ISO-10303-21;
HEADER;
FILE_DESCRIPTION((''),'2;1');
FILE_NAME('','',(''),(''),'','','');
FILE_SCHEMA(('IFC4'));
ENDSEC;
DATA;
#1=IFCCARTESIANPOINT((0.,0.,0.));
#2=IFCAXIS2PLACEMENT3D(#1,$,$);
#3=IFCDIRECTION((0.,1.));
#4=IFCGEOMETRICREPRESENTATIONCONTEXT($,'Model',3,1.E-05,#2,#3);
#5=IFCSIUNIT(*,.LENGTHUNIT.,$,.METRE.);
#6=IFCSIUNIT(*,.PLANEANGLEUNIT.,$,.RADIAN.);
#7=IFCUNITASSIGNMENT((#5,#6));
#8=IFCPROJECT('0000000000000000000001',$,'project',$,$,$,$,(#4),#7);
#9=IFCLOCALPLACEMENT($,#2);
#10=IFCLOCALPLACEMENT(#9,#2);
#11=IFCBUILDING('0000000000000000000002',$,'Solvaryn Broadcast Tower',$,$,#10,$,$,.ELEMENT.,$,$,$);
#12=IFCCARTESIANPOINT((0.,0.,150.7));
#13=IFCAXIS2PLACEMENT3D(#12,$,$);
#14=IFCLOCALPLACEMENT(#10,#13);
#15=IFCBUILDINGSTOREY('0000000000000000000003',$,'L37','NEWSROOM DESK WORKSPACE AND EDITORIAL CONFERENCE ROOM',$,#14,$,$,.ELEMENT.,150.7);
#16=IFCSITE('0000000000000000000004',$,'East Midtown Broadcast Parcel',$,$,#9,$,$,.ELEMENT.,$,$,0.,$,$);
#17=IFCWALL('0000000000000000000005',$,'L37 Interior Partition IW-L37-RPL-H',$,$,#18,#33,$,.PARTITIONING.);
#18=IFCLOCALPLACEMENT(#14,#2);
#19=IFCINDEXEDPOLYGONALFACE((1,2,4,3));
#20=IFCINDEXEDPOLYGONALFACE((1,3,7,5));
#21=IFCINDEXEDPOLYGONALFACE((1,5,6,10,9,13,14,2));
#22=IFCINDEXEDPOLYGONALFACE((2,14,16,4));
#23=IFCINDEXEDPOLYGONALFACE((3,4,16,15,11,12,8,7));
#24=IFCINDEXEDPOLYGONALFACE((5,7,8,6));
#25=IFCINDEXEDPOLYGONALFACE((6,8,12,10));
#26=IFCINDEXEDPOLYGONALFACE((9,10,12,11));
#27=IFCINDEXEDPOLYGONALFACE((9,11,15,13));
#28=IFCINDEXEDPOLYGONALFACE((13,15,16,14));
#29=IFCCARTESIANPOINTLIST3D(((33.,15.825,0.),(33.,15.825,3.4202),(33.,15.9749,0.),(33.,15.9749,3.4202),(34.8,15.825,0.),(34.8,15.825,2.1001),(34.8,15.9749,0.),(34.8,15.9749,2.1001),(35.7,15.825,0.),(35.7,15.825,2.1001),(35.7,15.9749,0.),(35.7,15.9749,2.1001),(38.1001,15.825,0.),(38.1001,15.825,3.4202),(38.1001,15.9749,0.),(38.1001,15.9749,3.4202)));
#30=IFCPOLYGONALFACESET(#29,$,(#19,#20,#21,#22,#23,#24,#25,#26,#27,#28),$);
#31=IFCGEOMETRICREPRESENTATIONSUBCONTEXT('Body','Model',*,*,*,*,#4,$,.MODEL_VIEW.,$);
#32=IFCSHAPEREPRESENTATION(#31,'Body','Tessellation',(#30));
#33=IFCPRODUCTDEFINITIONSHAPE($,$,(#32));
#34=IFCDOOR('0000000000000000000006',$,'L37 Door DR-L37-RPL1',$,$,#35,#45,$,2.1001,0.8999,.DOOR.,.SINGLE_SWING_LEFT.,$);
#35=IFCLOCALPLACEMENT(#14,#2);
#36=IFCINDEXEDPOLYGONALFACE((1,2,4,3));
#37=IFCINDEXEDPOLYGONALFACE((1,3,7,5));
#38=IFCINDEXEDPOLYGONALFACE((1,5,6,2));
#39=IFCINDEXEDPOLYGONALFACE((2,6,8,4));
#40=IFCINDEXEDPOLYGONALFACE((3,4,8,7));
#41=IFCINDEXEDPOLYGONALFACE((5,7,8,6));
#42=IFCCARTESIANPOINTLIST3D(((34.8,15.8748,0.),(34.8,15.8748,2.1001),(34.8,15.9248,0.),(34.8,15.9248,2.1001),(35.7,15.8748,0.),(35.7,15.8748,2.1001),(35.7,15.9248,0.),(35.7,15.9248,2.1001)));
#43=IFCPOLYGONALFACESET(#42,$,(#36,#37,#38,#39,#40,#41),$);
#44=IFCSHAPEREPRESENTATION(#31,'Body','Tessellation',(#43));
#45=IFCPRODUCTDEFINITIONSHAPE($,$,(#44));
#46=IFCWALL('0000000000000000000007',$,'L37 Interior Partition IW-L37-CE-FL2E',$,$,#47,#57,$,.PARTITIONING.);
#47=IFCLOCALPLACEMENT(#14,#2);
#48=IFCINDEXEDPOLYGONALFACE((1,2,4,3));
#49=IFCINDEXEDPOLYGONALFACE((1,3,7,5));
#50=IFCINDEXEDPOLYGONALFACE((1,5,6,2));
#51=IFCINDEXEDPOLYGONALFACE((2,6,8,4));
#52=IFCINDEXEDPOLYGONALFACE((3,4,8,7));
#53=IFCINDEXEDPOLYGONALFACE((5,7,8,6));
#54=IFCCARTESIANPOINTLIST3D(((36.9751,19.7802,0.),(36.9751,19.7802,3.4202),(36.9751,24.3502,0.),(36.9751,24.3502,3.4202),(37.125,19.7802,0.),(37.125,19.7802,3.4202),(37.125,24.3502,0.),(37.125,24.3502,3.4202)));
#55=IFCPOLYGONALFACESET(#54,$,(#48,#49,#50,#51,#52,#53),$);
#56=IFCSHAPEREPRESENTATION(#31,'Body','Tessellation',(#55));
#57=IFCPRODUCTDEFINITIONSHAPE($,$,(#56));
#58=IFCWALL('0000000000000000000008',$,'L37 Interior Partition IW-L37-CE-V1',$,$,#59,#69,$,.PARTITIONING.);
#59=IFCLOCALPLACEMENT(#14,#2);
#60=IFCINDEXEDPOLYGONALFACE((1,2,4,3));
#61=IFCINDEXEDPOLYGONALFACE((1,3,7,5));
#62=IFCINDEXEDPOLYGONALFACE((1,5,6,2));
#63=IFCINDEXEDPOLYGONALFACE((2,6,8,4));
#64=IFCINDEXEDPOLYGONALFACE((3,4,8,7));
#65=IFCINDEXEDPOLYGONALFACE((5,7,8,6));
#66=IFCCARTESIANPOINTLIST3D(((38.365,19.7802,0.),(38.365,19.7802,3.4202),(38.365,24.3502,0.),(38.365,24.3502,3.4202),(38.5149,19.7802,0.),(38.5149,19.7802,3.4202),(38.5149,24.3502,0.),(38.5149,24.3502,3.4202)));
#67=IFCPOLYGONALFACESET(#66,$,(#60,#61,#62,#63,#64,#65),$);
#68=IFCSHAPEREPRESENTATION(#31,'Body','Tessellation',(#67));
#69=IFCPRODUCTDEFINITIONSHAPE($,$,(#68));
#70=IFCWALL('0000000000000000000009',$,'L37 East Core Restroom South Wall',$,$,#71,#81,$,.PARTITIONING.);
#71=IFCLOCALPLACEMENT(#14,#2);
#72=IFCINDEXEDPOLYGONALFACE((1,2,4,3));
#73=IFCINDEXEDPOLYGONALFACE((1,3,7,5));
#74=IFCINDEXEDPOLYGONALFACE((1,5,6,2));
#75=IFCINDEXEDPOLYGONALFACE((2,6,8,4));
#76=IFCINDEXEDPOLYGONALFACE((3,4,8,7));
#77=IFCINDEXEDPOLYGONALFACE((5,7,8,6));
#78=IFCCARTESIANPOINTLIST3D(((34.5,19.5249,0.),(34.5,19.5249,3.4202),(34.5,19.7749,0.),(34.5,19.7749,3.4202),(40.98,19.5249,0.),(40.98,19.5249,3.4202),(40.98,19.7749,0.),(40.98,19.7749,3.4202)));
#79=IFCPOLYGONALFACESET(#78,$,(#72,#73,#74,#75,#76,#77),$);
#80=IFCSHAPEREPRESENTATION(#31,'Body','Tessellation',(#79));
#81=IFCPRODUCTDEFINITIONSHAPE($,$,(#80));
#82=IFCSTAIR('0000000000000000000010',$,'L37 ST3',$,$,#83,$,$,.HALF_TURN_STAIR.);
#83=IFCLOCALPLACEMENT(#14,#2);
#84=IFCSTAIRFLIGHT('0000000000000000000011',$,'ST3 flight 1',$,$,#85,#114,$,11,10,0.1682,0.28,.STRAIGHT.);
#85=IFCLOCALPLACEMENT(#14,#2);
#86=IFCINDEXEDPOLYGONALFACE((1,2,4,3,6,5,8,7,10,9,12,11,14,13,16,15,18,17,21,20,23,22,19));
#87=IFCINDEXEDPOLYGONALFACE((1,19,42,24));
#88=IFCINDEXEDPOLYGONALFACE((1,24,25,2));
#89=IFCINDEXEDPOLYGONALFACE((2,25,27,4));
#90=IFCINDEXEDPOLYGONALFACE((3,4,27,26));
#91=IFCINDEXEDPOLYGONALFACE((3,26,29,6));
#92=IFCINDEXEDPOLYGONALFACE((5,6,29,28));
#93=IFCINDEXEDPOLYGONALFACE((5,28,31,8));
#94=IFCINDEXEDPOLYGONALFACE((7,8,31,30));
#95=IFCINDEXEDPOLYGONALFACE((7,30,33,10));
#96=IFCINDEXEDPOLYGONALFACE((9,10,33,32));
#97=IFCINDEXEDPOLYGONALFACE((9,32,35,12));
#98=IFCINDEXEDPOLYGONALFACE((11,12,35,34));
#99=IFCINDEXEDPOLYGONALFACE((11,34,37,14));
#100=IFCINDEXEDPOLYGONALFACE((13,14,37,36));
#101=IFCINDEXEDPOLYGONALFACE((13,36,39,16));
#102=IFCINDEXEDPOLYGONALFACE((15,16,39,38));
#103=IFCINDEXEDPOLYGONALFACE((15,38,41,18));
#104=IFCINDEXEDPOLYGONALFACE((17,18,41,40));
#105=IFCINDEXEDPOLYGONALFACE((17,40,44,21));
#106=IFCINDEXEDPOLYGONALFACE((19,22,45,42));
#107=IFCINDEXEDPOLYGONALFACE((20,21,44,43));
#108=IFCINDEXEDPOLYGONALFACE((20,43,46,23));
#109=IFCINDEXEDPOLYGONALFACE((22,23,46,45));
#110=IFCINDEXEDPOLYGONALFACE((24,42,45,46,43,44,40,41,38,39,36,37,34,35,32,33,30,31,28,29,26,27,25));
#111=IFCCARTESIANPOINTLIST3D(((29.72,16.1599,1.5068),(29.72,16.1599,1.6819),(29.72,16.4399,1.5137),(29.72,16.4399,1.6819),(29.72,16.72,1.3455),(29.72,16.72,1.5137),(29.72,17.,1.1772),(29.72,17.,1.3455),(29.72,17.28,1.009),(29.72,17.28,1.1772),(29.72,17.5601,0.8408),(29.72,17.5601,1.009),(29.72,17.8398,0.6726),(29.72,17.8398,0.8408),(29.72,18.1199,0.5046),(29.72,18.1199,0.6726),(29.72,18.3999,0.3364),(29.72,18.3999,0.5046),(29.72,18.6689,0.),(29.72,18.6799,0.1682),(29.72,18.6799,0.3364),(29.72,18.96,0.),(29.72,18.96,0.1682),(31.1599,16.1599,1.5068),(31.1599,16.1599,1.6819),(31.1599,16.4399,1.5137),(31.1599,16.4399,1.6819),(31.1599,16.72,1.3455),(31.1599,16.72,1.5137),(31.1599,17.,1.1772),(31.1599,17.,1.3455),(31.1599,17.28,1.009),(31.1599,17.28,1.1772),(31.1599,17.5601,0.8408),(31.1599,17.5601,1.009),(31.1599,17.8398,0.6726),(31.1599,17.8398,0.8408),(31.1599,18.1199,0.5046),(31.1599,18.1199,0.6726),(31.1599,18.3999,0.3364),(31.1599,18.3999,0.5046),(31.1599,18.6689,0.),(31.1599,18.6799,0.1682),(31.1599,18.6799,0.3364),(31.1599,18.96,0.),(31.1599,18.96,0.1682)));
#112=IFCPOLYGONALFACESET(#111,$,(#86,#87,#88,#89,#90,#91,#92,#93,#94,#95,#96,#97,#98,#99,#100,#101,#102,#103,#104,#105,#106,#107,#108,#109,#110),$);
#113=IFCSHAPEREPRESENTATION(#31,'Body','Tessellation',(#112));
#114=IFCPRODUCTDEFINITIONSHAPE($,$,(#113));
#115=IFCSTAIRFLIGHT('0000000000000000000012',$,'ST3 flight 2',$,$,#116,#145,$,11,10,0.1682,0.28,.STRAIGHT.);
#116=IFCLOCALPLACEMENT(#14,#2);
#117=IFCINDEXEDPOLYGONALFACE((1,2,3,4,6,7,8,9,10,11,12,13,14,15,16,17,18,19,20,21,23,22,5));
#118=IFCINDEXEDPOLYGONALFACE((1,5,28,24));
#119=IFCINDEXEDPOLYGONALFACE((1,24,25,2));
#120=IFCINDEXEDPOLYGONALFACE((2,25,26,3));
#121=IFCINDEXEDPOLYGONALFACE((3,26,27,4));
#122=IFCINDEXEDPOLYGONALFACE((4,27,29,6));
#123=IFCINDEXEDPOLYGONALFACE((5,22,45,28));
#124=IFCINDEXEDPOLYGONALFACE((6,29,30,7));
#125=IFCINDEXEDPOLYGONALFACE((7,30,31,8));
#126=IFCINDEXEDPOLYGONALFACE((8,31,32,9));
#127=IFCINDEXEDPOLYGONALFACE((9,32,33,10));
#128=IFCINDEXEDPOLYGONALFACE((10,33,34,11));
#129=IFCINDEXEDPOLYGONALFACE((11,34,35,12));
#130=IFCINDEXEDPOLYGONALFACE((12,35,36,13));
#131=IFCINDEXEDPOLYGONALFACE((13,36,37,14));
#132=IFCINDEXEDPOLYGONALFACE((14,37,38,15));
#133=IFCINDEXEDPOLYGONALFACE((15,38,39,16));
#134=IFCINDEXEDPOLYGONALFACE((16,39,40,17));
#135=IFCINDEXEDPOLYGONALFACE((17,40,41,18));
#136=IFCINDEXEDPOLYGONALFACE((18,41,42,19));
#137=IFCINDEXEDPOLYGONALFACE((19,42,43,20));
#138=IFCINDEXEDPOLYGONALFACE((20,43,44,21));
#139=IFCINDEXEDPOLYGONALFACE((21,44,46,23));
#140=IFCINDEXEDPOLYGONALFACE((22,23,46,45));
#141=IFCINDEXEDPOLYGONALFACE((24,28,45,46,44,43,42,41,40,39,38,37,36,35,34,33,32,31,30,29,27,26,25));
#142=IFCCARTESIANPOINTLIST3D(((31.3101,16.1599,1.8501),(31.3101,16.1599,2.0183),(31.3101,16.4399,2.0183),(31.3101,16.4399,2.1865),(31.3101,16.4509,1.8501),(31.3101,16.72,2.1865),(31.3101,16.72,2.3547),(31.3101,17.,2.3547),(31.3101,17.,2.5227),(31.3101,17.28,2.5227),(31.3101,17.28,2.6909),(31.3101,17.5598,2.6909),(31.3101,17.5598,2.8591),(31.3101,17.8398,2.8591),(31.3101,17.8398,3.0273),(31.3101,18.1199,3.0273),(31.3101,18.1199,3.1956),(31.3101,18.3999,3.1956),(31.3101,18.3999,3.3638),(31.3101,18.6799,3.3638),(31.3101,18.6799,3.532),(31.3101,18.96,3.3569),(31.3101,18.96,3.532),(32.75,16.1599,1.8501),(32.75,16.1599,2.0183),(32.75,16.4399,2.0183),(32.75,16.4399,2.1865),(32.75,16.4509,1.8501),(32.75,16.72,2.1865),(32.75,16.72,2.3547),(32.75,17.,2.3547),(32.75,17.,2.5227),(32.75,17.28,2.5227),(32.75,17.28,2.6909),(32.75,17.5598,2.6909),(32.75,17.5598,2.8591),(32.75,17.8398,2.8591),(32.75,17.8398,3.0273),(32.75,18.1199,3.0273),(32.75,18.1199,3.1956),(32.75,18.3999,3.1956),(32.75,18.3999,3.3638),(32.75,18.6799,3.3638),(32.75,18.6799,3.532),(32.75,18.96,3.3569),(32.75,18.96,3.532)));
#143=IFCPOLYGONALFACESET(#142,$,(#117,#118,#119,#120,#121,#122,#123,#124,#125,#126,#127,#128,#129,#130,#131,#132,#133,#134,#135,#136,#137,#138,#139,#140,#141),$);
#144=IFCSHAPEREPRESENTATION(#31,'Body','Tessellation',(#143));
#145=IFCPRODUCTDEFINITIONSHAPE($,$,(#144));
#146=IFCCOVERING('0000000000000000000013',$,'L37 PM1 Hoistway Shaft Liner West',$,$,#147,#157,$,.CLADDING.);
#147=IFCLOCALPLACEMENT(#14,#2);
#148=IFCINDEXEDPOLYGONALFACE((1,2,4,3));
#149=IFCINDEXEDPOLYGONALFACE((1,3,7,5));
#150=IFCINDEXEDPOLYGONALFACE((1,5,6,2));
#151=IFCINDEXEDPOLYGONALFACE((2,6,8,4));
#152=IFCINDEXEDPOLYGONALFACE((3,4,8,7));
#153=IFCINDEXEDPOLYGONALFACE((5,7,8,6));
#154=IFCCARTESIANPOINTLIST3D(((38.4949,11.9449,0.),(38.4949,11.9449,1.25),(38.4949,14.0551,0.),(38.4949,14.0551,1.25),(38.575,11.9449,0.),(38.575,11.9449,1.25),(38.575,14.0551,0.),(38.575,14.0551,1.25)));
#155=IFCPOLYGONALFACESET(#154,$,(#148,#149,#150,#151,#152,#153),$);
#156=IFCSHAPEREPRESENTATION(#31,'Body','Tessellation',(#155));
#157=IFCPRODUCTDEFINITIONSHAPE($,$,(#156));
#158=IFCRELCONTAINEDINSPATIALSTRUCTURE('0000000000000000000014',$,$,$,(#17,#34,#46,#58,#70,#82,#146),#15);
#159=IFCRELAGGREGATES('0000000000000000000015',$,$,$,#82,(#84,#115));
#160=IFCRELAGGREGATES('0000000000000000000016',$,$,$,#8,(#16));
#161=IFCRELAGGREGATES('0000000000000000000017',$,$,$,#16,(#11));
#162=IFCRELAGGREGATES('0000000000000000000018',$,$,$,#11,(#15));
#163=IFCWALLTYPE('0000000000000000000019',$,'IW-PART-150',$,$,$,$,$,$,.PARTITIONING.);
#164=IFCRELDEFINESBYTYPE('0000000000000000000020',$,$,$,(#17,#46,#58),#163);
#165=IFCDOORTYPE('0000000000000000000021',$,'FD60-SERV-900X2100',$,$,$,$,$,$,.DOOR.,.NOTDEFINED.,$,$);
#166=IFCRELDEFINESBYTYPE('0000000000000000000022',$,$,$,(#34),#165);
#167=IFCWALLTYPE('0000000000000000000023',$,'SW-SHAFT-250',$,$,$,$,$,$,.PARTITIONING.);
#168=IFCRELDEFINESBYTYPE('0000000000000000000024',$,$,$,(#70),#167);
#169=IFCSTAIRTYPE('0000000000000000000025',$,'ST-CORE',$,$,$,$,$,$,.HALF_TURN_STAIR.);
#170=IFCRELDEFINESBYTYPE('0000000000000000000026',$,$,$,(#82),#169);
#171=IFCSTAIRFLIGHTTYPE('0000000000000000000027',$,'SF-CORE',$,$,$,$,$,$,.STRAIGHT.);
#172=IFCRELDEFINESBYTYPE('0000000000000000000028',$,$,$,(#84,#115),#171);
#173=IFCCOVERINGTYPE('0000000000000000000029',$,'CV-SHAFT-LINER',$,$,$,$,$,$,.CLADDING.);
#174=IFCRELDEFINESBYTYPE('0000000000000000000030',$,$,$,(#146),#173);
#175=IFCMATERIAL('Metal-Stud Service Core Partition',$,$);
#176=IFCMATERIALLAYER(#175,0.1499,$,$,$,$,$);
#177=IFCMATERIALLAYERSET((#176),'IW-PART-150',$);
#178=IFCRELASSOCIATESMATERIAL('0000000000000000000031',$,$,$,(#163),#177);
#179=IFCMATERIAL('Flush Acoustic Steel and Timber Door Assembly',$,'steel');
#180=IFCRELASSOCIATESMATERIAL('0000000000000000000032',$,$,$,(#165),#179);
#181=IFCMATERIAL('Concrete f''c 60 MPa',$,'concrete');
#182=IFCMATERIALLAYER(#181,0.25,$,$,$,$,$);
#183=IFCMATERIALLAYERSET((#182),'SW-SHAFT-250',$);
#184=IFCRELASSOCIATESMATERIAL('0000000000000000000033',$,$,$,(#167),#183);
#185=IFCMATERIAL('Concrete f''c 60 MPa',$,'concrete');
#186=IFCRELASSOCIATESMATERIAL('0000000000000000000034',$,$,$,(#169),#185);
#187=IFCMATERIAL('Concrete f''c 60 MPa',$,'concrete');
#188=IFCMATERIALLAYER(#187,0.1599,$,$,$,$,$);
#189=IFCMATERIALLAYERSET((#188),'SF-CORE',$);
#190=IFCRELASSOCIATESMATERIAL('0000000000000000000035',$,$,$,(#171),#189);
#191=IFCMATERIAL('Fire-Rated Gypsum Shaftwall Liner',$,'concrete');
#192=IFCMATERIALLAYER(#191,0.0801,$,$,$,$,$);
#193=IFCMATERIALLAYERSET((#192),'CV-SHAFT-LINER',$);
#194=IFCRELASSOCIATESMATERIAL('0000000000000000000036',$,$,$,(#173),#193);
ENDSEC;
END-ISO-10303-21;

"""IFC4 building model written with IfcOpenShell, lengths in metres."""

from ifc_helpers import new_model, si_unit, direction, frame, frame_2d, origin, origin_2d, place, context, subcontext, project, spatial, polyline, rectangle, outline, extrude, material, layer, layer_set, type_object, element, fill, aggregate, save


model = new_model("IFC4")

# Units and contexts
model_context = context("Model", 3, precision=1e-05, world=origin(), true_north=direction((0.0, 1.0)))
body_context = subcontext(model_context, "Body", "Model", "MODEL_VIEW")
ifc_project = project(units=[si_unit("LENGTHUNIT", "METRE"), si_unit("PLANEANGLEUNIT", "RADIAN")], contexts=[model_context])

# Site, building, storey
site_placement = place(None, origin())
site = spatial("IfcSite", under=ifc_project, at=site_placement, Name="East Midtown Broadcast Parcel", CompositionType="ELEMENT", RefElevation=0.0)
building_placement = place(site_placement, origin())
building = spatial("IfcBuilding", under=site, at=building_placement, Name="Solvaryn Broadcast Tower", CompositionType="ELEMENT")
storey_placement = place(building_placement, frame((0.0, 0.0, 150.7)))
storey = spatial("IfcBuildingStorey", under=building, at=storey_placement, Name="L37", Description="NEWSROOM DESK WORKSPACE AND EDITORIAL CONFERENCE ROOM", CompositionType="ELEMENT", Elevation=150.7)

# Wall, opening, door
ifc_material_1 = material(Name="Metal-Stud Service Core Partition")
ifc_layer_1 = layer(ifc_material_1, 0.1499)
ifc_layer_set_1 = layer_set([ifc_layer_1], Name="IW-PART-150")
wall_type_1 = type_object("IfcWallType", Name="IW-PART-150", PredefinedType="PARTITIONING", material=ifc_layer_set_1)
wall_1_placement = place(storey_placement, frame((33.0, 15.8999, 0.0), z_axis=(0.0, 0.0, 1.0), x_axis=(1.0, 0.0, 0.0)))
wall_1 = element("IfcWall", 1, at=wall_1_placement, inside=storey, type_object=wall_type_1, Name="L37 Interior Partition IW-L37-RPL-H", PredefinedType="PARTITIONING", context=body_context, shape_type="SweptSolid", body=[
    extrude(rectangle(XDim=5.1001, YDim=0.1499, at=frame_2d((2.55, 0.0))), origin(), (0.0, 0.0, 1.0), 3.4202),
])
opening_1_placement = place(wall_1_placement, frame((1.8, 0.0, 0.0)))
opening_1 = element("IfcOpeningElement", 2, at=opening_1_placement, cuts=wall_1, PredefinedType="OPENING", context=body_context, shape_type="SweptSolid", body=[
    extrude(rectangle(XDim=0.8999, YDim=2.1001, at=frame_2d((0.45, 1.05))), frame((0.0, 0.085, 0.0), z_axis=(0.0, -1.0, 0.0), x_axis=(1.0, 0.0, 0.0)), (0.0, 0.0, 1.0), 0.1699),
])
ifc_material_2 = material(Name="Flush Acoustic Steel and Timber Door Assembly", Category="steel")
door_type_1 = type_object("IfcDoorType", Name="FD60-SERV-900X2100", OperationType="NOTDEFINED", PredefinedType="DOOR", material=ifc_material_2)
door_1_placement = place(opening_1_placement, origin())
door_1 = element("IfcDoor", 3, at=door_1_placement, inside=storey, type_object=door_type_1, Name="L37 Door DR-L37-RPL1", OperationType="SINGLE_SWING_LEFT", OverallHeight=2.1001, OverallWidth=0.8999, PredefinedType="DOOR", context=body_context, shape_type="SweptSolid", body=[
    extrude(rectangle(XDim=0.8999, YDim=2.1001, at=frame_2d((0.45, 1.05))), frame((0.0, 0.0249, 0.0), z_axis=(0.0, -1.0, 0.0), x_axis=(1.0, 0.0, 0.0)), (0.0, 0.0, 1.0), 0.05),
])
fill(opening_1, door_1)

# Walls
for number, where, z_axis, x_axis, name in (
    (4, (37.05, 19.78, 0.0), (0.0, 0.0, 1.0), (0.0, 1.0, 0.0), "L37 Interior Partition IW-L37-CE-FL2E"),
    (5, (38.4399, 19.78, 0.0), (0.0, 0.0, 1.0), (0.0, 1.0, 0.0), "L37 Interior Partition IW-L37-CE-V1"),
):
    element("IfcWall", number, at=place(storey_placement, frame(where, z_axis=z_axis, x_axis=x_axis)), inside=storey, type_object=wall_type_1, Name=name, PredefinedType="PARTITIONING", context=body_context, shape_type="SweptSolid", body=[
        extrude(rectangle(XDim=4.5701, YDim=0.1499, at=frame_2d((2.2852, 0.0))), origin(), (0.0, 0.0, 1.0), 3.4202),
    ])
ifc_material_3 = material(Name="Concrete f'c 60 MPa", Category="concrete")
ifc_layer_2 = layer(ifc_material_3, 0.25)
ifc_layer_set_2 = layer_set([ifc_layer_2], Name="SW-SHAFT-250")
wall_type_2 = type_object("IfcWallType", Name="SW-SHAFT-250", PredefinedType="PARTITIONING", material=ifc_layer_set_2)
wall_2_placement = place(storey_placement, frame((34.5, 19.6499, 0.0), z_axis=(0.0, 0.0, 1.0), x_axis=(1.0, 0.0, 0.0)))
element("IfcWall", 6, at=wall_2_placement, inside=storey, type_object=wall_type_2, Name="L37 East Core Restroom South Wall", PredefinedType="PARTITIONING", context=body_context, shape_type="SweptSolid", body=[
    extrude(rectangle(XDim=6.48, YDim=0.25, at=frame_2d((3.24, 0.0))), origin(), (0.0, 0.0, 1.0), 3.4202),
])

# Stair, stair flights
ifc_material_4 = material(Name="Concrete f'c 60 MPa", Category="concrete")
stair_type = type_object("IfcStairType", Name="ST-CORE", PredefinedType="HALF_TURN_STAIR", material=ifc_material_4)
stair_placement = place(storey_placement, origin())
stair = element("IfcStair", 7, at=stair_placement, inside=storey, type_object=stair_type, Name="L37 ST3", PredefinedType="HALF_TURN_STAIR")
ifc_material_5 = material(Name="Concrete f'c 60 MPa", Category="concrete")
ifc_layer_3 = layer(ifc_material_5, 0.1599)
ifc_layer_set_3 = layer_set([ifc_layer_3], Name="SF-CORE")
stair_flight_type = type_object("IfcStairFlightType", Name="SF-CORE", PredefinedType="STRAIGHT", material=ifc_layer_set_3)
stair_flight_1_placement = place(storey_placement, frame((30.4399, 18.96, 0.0), z_axis=(0.0, 0.0, 1.0), x_axis=(0.0, -1.0, 0.0)))
stair_flight_1 = element("IfcStairFlight", 8, at=stair_flight_1_placement, type_object=stair_flight_type, Name="ST3 flight 1", NumberOfRisers=11, NumberOfTreads=10, PredefinedType="STRAIGHT", RiserHeight=0.1682, TreadLength=0.28, context=body_context, shape_type="SweptSolid", body=[
    extrude(outline(polyline([(0.0, 0.0), (0.0, 0.1682), (0.28, 0.1682), (0.28, 0.3364), (0.5601, 0.3364), (0.5601, 0.5046), (0.8401, 0.5046), (0.8401, 0.6726), (1.1201, 0.6726), (1.1201, 0.8408), (1.3999, 0.8408), (1.3999, 1.009), (1.6799, 1.009), (1.6799, 1.1772), (1.96, 1.1772), (1.96, 1.3455), (2.24, 1.3455), (2.24, 1.5137), (2.52, 1.5137), (2.52, 1.6819), (2.8, 1.6819), (2.8, 1.8501), (2.8, 1.5068), (0.291, 0.0), (0.0, 0.0)])), frame((0.0, 0.72, 0.0), z_axis=(0.0, -1.0, 0.0), x_axis=(1.0, 0.0, 0.0)), (0.0, 0.0, 1.0), 1.4399),
])
stair_flight_2_placement = place(storey_placement, frame((32.03, 16.1599, 1.8501), z_axis=(0.0, 0.0, 1.0), x_axis=(0.0, 1.0, 0.0)))
stair_flight_2 = element("IfcStairFlight", 9, at=stair_flight_2_placement, type_object=stair_flight_type, Name="ST3 flight 2", NumberOfRisers=11, NumberOfTreads=10, PredefinedType="STRAIGHT", RiserHeight=0.1682, TreadLength=0.28, context=body_context, shape_type="SweptSolid", body=[
    extrude(outline(polyline([(0.0, 0.0), (0.0, 0.1682), (0.28, 0.1682), (0.28, 0.3364), (0.5601, 0.3364), (0.5601, 0.5046), (0.8401, 0.5046), (0.8401, 0.6726), (1.1201, 0.6726), (1.1201, 0.8408), (1.3999, 0.8408), (1.3999, 1.009), (1.6799, 1.009), (1.6799, 1.1772), (1.96, 1.1772), (1.96, 1.3455), (2.24, 1.3455), (2.24, 1.5137), (2.52, 1.5137), (2.52, 1.6819), (2.8, 1.6819), (2.8, 1.8501), (2.8, 1.5068), (0.291, 0.0), (0.0, 0.0)])), frame((0.0, 0.72, 0.0), z_axis=(0.0, -1.0, 0.0), x_axis=(1.0, 0.0, 0.0)), (0.0, 0.0, 1.0), 1.4399),
])
aggregate(stair, [stair_flight_1, stair_flight_2])

# Covering
ifc_material_6 = material(Name="Fire-Rated Gypsum Shaftwall Liner", Category="concrete")
ifc_layer_4 = layer(ifc_material_6, 0.0801)
ifc_layer_set_4 = layer_set([ifc_layer_4], Name="CV-SHAFT-LINER")
covering_type = type_object("IfcCoveringType", Name="CV-SHAFT-LINER", PredefinedType="CLADDING", material=ifc_layer_set_4)
covering_placement = place(storey_placement, frame((38.5349, 13.0, 0.0), z_axis=(0.0, 0.0, 1.0), x_axis=(1.0, 0.0, 0.0)))
element("IfcCovering", 10, at=covering_placement, inside=storey, type_object=covering_type, Name="L37 PM1 Hoistway Shaft Liner West", PredefinedType="CLADDING", context=body_context, shape_type="SweptSolid", body=[
    extrude(rectangle(XDim=0.0801, YDim=2.1101, at=origin_2d()), origin(), (0.0, 0.0, 1.0), 1.25),
])

save(model, "model.ifc")
